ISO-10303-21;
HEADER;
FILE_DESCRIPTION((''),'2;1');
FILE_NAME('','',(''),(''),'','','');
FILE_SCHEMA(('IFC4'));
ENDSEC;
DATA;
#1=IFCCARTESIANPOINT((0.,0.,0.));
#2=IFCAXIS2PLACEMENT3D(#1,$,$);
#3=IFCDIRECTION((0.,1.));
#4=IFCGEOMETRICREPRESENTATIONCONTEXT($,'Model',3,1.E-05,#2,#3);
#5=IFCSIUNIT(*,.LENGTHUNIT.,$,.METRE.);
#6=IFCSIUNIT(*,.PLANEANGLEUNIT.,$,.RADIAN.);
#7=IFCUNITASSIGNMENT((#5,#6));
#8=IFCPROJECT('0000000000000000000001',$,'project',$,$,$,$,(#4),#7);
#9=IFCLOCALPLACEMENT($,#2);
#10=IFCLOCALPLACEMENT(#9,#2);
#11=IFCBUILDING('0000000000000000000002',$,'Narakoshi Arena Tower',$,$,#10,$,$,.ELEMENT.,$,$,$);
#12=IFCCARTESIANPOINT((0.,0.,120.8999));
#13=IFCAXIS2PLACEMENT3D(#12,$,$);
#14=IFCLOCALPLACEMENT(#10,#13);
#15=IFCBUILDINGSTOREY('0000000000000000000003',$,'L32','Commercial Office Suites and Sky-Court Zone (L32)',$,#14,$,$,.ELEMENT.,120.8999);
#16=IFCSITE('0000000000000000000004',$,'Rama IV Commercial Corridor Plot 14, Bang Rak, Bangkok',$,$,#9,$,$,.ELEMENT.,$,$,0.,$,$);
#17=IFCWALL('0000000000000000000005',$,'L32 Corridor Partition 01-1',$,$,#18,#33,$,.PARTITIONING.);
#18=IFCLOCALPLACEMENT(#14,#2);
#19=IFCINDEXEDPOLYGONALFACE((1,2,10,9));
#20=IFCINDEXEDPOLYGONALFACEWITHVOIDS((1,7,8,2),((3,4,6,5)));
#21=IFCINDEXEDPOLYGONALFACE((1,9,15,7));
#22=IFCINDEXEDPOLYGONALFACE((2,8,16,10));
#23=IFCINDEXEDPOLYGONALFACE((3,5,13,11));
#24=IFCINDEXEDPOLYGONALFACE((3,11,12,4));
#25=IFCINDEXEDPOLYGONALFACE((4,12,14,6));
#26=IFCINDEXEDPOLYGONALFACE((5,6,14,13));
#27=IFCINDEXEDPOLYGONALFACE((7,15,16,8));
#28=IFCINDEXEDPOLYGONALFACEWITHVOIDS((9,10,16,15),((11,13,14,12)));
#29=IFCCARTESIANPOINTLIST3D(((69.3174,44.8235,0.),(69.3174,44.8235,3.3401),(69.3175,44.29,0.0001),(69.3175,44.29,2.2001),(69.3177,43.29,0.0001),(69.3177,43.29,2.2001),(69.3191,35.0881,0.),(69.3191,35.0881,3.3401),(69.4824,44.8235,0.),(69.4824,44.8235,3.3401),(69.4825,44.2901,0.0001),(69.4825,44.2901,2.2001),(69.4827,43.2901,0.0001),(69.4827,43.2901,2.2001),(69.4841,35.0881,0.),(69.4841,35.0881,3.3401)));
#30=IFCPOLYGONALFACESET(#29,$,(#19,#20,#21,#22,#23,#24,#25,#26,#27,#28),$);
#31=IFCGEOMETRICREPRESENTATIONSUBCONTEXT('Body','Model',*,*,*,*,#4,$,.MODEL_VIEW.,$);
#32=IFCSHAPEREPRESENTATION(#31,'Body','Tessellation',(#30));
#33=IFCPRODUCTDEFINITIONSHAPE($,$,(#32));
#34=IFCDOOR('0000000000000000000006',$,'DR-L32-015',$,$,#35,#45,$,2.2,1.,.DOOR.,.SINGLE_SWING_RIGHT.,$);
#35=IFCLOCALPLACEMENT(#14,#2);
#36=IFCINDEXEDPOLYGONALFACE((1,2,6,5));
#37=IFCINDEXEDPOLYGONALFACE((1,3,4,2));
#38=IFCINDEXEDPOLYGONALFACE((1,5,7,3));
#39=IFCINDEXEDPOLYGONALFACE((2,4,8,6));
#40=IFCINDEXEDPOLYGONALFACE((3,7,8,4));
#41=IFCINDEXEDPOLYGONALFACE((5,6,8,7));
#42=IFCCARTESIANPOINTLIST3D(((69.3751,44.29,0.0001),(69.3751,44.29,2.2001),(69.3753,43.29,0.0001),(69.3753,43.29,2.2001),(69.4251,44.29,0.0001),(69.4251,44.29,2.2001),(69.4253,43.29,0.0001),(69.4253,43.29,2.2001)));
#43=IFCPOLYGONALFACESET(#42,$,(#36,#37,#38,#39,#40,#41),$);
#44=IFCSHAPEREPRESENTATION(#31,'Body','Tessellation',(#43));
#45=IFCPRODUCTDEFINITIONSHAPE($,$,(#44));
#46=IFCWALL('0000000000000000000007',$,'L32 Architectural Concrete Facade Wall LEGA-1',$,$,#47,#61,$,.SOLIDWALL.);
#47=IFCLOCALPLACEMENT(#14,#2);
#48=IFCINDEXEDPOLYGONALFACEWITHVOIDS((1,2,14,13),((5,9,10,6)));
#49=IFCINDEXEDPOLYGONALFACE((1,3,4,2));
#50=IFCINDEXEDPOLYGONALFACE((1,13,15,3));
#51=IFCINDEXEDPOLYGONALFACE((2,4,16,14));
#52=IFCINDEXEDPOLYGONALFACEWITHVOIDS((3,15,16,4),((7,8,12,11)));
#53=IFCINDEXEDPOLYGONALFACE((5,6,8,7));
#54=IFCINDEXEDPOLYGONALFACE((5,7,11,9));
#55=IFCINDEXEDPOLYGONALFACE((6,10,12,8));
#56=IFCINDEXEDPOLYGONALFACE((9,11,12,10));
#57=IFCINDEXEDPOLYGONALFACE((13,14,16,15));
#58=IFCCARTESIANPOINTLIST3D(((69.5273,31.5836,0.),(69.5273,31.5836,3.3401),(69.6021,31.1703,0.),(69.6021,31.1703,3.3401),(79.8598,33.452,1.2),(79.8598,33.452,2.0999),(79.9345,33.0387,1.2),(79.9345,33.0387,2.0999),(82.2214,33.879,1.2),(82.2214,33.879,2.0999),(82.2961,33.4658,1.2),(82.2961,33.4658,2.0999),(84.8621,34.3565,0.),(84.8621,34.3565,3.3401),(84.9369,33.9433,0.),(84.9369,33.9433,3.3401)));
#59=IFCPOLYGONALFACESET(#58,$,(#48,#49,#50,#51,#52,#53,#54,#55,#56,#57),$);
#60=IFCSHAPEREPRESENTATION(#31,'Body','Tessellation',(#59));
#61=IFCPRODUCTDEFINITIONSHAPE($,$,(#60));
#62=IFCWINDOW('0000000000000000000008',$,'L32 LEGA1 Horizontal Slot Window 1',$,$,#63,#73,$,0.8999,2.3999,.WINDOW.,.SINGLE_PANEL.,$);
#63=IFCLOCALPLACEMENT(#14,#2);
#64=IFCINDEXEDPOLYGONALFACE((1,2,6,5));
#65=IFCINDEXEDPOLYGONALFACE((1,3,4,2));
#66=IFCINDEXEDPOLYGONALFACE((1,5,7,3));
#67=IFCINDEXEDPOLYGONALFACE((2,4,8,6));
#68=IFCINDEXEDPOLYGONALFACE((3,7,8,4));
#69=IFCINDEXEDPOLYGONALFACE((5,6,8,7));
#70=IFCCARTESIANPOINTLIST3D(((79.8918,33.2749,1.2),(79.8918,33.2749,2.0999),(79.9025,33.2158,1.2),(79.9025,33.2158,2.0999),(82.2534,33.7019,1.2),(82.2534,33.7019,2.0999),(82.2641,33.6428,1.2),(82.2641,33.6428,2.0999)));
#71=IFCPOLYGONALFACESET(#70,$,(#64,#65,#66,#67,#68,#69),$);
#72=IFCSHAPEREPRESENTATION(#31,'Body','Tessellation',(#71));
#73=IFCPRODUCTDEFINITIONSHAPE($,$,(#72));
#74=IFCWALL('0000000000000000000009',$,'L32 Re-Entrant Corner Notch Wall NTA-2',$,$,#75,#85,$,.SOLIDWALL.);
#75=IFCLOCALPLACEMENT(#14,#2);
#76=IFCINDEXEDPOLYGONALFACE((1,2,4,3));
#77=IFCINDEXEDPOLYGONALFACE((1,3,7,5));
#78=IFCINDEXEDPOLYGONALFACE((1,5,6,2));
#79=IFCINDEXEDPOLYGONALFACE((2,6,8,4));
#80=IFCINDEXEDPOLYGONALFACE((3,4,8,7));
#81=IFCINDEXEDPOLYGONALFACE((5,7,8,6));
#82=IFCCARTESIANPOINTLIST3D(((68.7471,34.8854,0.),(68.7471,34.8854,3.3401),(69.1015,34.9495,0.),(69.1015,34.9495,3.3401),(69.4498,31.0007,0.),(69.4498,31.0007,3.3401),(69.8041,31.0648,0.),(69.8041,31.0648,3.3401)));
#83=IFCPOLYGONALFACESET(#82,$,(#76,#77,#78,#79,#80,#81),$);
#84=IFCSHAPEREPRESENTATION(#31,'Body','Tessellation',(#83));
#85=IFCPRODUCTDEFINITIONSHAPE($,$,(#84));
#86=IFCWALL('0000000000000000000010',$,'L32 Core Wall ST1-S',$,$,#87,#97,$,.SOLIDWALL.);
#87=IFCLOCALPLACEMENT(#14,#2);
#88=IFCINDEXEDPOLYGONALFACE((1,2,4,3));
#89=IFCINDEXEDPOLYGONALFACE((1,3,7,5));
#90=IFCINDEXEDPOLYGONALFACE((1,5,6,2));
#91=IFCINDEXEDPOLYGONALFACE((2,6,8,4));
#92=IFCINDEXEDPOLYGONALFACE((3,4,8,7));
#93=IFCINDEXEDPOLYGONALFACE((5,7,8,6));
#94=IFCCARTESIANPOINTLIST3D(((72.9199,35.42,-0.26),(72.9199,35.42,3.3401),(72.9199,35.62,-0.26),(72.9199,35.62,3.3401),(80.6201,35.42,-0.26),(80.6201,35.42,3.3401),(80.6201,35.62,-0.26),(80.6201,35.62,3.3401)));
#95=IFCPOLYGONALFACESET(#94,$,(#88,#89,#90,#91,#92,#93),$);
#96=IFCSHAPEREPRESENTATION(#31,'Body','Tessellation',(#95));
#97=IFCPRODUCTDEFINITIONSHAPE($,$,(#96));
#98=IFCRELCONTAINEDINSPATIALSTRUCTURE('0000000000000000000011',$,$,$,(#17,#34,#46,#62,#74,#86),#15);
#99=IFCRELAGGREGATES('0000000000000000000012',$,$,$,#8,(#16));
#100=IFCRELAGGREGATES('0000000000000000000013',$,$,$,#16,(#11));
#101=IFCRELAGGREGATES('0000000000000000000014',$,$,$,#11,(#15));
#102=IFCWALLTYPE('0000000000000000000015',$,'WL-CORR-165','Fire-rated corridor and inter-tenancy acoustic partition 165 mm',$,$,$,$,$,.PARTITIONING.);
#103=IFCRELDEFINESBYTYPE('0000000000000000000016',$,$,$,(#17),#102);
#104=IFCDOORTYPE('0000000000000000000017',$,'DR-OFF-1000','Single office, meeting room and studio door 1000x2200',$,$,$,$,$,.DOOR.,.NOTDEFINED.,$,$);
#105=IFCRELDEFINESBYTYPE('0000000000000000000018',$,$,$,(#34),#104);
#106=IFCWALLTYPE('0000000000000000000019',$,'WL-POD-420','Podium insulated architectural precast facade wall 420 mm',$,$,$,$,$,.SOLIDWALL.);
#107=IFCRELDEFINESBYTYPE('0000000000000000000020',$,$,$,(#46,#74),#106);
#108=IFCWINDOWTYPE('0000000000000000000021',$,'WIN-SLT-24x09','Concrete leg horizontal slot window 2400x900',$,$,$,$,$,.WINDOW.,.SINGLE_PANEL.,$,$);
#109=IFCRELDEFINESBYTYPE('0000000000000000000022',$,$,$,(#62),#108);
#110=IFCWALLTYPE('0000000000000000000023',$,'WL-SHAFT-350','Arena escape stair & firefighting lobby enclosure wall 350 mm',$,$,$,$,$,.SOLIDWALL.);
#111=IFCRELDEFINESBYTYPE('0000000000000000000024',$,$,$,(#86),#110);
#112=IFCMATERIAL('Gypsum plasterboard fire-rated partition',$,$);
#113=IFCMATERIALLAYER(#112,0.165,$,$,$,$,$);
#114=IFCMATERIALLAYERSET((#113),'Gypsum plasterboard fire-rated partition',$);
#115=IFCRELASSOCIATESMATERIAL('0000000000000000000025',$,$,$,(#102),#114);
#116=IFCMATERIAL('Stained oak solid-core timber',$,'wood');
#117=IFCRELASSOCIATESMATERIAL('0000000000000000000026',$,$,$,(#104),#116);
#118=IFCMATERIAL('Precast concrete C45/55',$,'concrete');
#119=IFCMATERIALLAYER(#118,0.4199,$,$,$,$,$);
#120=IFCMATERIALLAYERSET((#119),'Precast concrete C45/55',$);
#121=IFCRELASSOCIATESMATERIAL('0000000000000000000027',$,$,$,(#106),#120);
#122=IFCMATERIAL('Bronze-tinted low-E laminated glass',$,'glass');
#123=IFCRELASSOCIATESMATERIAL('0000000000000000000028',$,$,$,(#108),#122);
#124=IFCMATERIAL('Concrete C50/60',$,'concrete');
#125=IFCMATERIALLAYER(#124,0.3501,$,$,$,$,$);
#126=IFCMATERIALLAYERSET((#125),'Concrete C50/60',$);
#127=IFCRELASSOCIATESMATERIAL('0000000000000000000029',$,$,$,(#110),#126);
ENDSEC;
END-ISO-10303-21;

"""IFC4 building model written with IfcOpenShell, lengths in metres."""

from ifc_helpers import new_model, si_unit, direction, frame, frame_2d, origin, place, context, subcontext, project, spatial, rectangle, extrude, material, layer, layer_set, type_object, element, fill, save


model = new_model("IFC4")

# Units and contexts
model_context = context("Model", 3, precision=1e-05, world=origin(), true_north=direction((0.0, 1.0)))
body_context = subcontext(model_context, "Body", "Model", "MODEL_VIEW")
ifc_project = project(units=[si_unit("LENGTHUNIT", "METRE"), si_unit("PLANEANGLEUNIT", "RADIAN")], contexts=[model_context])

# Site, building, storey
site_placement = place(None, origin())
site = spatial("IfcSite", under=ifc_project, at=site_placement, Name="Rama IV Commercial Corridor Plot 14, Bang Rak, Bangkok", CompositionType="ELEMENT", RefElevation=0.0)
building_placement = place(site_placement, origin())
building = spatial("IfcBuilding", under=site, at=building_placement, Name="Narakoshi Arena Tower", CompositionType="ELEMENT")
storey_placement = place(building_placement, frame((0.0, 0.0, 120.8999)))
storey = spatial("IfcBuildingStorey", under=building, at=storey_placement, Name="L32", Description="Commercial Office Suites and Sky-Court Zone (L32)", CompositionType="ELEMENT", Elevation=120.8999)

# Wall, opening, door
ifc_material_1 = material(Name="Gypsum plasterboard fire-rated partition")
ifc_layer_1 = layer(ifc_material_1, 0.165)
ifc_layer_set_1 = layer_set([ifc_layer_1], Name="Gypsum plasterboard fire-rated partition")
wall_type_1 = type_object("IfcWallType", Name="WL-CORR-165", Description="Fire-rated corridor and inter-tenancy acoustic partition 165 mm", PredefinedType="PARTITIONING", material=ifc_layer_set_1)
wall_1_placement = place(storey_placement, frame((69.3999, 44.8235, 0.0), z_axis=(0.0, 0.0, 1.0), x_axis=(0.000176, -1.0, 0.0)))
wall_1 = element("IfcWall", 1, at=wall_1_placement, inside=storey, type_object=wall_type_1, Name="L32 Corridor Partition 01-1", PredefinedType="PARTITIONING", context=body_context, shape_type="SweptSolid", body=[
    extrude(rectangle(XDim=9.7354, YDim=0.165, at=frame_2d((4.8677, 0.0))), origin(), (0.0, 0.0, 1.0), 3.3401),
])
opening_1_placement = place(wall_1_placement, frame((0.5334, 0.0, 0.0)))
opening_1 = element("IfcOpeningElement", 2, at=opening_1_placement, cuts=wall_1, PredefinedType="OPENING", context=body_context, shape_type="SweptSolid", body=[
    extrude(rectangle(XDim=1.0, YDim=2.2, at=frame_2d((0.5, 1.1001))), frame((0.0, 0.0925, 0.0), z_axis=(0.0, -1.0, 0.0), x_axis=(1.0, 0.0, 0.0)), (0.0, 0.0, 1.0), 0.1851),
])
ifc_material_2 = material(Name="Stained oak solid-core timber", Category="wood")
door_type_1 = type_object("IfcDoorType", Name="DR-OFF-1000", Description="Single office, meeting room and studio door 1000x2200", OperationType="NOTDEFINED", PredefinedType="DOOR", material=ifc_material_2)
door_1_placement = place(opening_1_placement, frame((1.0, 0.0, 0.0), z_axis=(0.0, 0.0, 1.0), x_axis=(-1.0, 0.0, 0.0)))
door_1 = element("IfcDoor", 3, at=door_1_placement, inside=storey, type_object=door_type_1, Name="DR-L32-015", OperationType="SINGLE_SWING_RIGHT", OverallHeight=2.2, OverallWidth=1.0, PredefinedType="DOOR", context=body_context, shape_type="SweptSolid", body=[
    extrude(rectangle(XDim=1.0, YDim=2.2, at=frame_2d((0.5, 1.1001))), frame((0.0, 0.0249, 0.0), z_axis=(0.0, -1.0, 0.0), x_axis=(1.0, 0.0, 0.0)), (0.0, 0.0, 1.0), 0.05),
])
fill(opening_1, door_1)

# Wall, opening, window
ifc_material_3 = material(Name="Precast concrete C45/55", Category="concrete")
ifc_layer_2 = layer(ifc_material_3, 0.4199)
ifc_layer_set_2 = layer_set([ifc_layer_2], Name="Precast concrete C45/55")
wall_type_2 = type_object("IfcWallType", Name="WL-POD-420", Description="Podium insulated architectural precast facade wall 420 mm", PredefinedType="SOLIDWALL", material=ifc_layer_set_2)
wall_2_placement = place(storey_placement, frame((69.5647, 31.377, 0.0), z_axis=(0.0, 0.0, 1.0), x_axis=(0.984041, 0.177942, 0.0)))
wall_2 = element("IfcWall", 4, at=wall_2_placement, inside=storey, type_object=wall_type_2, Name="L32 Architectural Concrete Facade Wall LEGA-1", PredefinedType="SOLIDWALL", context=body_context, shape_type="SweptSolid", body=[
    extrude(rectangle(XDim=15.5835, YDim=0.4199, at=frame_2d((7.7917, 0.0))), origin(), (0.0, 0.0, 1.0), 3.3401),
])
opening_2_placement = place(wall_2_placement, frame((10.5, 0.0, 1.2)))
opening_2 = element("IfcOpeningElement", 5, at=opening_2_placement, cuts=wall_2, PredefinedType="OPENING", context=body_context, shape_type="SweptSolid", body=[
    extrude(rectangle(XDim=2.3999, YDim=0.8999, at=frame_2d((1.2, 0.45))), frame((0.0, 0.22, 0.0), z_axis=(0.0, -1.0, 0.0), x_axis=(1.0, 0.0, 0.0)), (0.0, 0.0, 1.0), 0.4399),
])
ifc_material_4 = material(Name="Bronze-tinted low-E laminated glass", Category="glass")
window_type = type_object("IfcWindowType", Name="WIN-SLT-24x09", Description="Concrete leg horizontal slot window 2400x900", PartitioningType="SINGLE_PANEL", PredefinedType="WINDOW", material=ifc_material_4)
window_placement = place(opening_2_placement, origin())
window = element("IfcWindow", 6, at=window_placement, inside=storey, type_object=window_type, Name="L32 LEGA1 Horizontal Slot Window 1", OverallHeight=0.8999, OverallWidth=2.3999, PartitioningType="SINGLE_PANEL", PredefinedType="WINDOW", context=body_context, shape_type="SweptSolid", body=[
    extrude(rectangle(XDim=2.3999, YDim=0.8999, at=frame_2d((1.2, 0.45))), frame((0.0, 0.03, 0.0), z_axis=(0.0, -1.0, 0.0), x_axis=(1.0, 0.0, 0.0)), (0.0, 0.0, 1.0), 0.0601),
])
fill(opening_2, window)

# Walls
wall_3_placement = place(storey_placement, frame((68.9243, 34.9175, 0.0), z_axis=(0.0, 0.0, 1.0), x_axis=(0.177982, -0.984034, 0.0)))
element("IfcWall", 7, at=wall_3_placement, inside=storey, type_object=wall_type_2, Name="L32 Re-Entrant Corner Notch Wall NTA-2", PredefinedType="SOLIDWALL", context=body_context, shape_type="SweptSolid", body=[
    extrude(rectangle(XDim=3.9478, YDim=0.3601, at=frame_2d((1.9739, 0.0))), origin(), (0.0, 0.0, 1.0), 3.3401),
])
ifc_material_5 = material(Name="Concrete C50/60", Category="concrete")
ifc_layer_3 = layer(ifc_material_5, 0.3501)
ifc_layer_set_3 = layer_set([ifc_layer_3], Name="Concrete C50/60")
wall_type_3 = type_object("IfcWallType", Name="WL-SHAFT-350", Description="Arena escape stair & firefighting lobby enclosure wall 350 mm", PredefinedType="SOLIDWALL", material=ifc_layer_set_3)
wall_4_placement = place(storey_placement, frame((72.9199, 35.52, -0.26), z_axis=(0.0, 0.0, 1.0), x_axis=(1.0, 0.0, 0.0)))
element("IfcWall", 8, at=wall_4_placement, inside=storey, type_object=wall_type_3, Name="L32 Core Wall ST1-S", PredefinedType="SOLIDWALL", context=body_context, shape_type="SweptSolid", body=[
    extrude(rectangle(XDim=7.7002, YDim=0.2, at=frame_2d((3.8501, 0.0))), origin(), (0.0, 0.0, 1.0), 3.6001),
])

save(model, "model.ifc")
